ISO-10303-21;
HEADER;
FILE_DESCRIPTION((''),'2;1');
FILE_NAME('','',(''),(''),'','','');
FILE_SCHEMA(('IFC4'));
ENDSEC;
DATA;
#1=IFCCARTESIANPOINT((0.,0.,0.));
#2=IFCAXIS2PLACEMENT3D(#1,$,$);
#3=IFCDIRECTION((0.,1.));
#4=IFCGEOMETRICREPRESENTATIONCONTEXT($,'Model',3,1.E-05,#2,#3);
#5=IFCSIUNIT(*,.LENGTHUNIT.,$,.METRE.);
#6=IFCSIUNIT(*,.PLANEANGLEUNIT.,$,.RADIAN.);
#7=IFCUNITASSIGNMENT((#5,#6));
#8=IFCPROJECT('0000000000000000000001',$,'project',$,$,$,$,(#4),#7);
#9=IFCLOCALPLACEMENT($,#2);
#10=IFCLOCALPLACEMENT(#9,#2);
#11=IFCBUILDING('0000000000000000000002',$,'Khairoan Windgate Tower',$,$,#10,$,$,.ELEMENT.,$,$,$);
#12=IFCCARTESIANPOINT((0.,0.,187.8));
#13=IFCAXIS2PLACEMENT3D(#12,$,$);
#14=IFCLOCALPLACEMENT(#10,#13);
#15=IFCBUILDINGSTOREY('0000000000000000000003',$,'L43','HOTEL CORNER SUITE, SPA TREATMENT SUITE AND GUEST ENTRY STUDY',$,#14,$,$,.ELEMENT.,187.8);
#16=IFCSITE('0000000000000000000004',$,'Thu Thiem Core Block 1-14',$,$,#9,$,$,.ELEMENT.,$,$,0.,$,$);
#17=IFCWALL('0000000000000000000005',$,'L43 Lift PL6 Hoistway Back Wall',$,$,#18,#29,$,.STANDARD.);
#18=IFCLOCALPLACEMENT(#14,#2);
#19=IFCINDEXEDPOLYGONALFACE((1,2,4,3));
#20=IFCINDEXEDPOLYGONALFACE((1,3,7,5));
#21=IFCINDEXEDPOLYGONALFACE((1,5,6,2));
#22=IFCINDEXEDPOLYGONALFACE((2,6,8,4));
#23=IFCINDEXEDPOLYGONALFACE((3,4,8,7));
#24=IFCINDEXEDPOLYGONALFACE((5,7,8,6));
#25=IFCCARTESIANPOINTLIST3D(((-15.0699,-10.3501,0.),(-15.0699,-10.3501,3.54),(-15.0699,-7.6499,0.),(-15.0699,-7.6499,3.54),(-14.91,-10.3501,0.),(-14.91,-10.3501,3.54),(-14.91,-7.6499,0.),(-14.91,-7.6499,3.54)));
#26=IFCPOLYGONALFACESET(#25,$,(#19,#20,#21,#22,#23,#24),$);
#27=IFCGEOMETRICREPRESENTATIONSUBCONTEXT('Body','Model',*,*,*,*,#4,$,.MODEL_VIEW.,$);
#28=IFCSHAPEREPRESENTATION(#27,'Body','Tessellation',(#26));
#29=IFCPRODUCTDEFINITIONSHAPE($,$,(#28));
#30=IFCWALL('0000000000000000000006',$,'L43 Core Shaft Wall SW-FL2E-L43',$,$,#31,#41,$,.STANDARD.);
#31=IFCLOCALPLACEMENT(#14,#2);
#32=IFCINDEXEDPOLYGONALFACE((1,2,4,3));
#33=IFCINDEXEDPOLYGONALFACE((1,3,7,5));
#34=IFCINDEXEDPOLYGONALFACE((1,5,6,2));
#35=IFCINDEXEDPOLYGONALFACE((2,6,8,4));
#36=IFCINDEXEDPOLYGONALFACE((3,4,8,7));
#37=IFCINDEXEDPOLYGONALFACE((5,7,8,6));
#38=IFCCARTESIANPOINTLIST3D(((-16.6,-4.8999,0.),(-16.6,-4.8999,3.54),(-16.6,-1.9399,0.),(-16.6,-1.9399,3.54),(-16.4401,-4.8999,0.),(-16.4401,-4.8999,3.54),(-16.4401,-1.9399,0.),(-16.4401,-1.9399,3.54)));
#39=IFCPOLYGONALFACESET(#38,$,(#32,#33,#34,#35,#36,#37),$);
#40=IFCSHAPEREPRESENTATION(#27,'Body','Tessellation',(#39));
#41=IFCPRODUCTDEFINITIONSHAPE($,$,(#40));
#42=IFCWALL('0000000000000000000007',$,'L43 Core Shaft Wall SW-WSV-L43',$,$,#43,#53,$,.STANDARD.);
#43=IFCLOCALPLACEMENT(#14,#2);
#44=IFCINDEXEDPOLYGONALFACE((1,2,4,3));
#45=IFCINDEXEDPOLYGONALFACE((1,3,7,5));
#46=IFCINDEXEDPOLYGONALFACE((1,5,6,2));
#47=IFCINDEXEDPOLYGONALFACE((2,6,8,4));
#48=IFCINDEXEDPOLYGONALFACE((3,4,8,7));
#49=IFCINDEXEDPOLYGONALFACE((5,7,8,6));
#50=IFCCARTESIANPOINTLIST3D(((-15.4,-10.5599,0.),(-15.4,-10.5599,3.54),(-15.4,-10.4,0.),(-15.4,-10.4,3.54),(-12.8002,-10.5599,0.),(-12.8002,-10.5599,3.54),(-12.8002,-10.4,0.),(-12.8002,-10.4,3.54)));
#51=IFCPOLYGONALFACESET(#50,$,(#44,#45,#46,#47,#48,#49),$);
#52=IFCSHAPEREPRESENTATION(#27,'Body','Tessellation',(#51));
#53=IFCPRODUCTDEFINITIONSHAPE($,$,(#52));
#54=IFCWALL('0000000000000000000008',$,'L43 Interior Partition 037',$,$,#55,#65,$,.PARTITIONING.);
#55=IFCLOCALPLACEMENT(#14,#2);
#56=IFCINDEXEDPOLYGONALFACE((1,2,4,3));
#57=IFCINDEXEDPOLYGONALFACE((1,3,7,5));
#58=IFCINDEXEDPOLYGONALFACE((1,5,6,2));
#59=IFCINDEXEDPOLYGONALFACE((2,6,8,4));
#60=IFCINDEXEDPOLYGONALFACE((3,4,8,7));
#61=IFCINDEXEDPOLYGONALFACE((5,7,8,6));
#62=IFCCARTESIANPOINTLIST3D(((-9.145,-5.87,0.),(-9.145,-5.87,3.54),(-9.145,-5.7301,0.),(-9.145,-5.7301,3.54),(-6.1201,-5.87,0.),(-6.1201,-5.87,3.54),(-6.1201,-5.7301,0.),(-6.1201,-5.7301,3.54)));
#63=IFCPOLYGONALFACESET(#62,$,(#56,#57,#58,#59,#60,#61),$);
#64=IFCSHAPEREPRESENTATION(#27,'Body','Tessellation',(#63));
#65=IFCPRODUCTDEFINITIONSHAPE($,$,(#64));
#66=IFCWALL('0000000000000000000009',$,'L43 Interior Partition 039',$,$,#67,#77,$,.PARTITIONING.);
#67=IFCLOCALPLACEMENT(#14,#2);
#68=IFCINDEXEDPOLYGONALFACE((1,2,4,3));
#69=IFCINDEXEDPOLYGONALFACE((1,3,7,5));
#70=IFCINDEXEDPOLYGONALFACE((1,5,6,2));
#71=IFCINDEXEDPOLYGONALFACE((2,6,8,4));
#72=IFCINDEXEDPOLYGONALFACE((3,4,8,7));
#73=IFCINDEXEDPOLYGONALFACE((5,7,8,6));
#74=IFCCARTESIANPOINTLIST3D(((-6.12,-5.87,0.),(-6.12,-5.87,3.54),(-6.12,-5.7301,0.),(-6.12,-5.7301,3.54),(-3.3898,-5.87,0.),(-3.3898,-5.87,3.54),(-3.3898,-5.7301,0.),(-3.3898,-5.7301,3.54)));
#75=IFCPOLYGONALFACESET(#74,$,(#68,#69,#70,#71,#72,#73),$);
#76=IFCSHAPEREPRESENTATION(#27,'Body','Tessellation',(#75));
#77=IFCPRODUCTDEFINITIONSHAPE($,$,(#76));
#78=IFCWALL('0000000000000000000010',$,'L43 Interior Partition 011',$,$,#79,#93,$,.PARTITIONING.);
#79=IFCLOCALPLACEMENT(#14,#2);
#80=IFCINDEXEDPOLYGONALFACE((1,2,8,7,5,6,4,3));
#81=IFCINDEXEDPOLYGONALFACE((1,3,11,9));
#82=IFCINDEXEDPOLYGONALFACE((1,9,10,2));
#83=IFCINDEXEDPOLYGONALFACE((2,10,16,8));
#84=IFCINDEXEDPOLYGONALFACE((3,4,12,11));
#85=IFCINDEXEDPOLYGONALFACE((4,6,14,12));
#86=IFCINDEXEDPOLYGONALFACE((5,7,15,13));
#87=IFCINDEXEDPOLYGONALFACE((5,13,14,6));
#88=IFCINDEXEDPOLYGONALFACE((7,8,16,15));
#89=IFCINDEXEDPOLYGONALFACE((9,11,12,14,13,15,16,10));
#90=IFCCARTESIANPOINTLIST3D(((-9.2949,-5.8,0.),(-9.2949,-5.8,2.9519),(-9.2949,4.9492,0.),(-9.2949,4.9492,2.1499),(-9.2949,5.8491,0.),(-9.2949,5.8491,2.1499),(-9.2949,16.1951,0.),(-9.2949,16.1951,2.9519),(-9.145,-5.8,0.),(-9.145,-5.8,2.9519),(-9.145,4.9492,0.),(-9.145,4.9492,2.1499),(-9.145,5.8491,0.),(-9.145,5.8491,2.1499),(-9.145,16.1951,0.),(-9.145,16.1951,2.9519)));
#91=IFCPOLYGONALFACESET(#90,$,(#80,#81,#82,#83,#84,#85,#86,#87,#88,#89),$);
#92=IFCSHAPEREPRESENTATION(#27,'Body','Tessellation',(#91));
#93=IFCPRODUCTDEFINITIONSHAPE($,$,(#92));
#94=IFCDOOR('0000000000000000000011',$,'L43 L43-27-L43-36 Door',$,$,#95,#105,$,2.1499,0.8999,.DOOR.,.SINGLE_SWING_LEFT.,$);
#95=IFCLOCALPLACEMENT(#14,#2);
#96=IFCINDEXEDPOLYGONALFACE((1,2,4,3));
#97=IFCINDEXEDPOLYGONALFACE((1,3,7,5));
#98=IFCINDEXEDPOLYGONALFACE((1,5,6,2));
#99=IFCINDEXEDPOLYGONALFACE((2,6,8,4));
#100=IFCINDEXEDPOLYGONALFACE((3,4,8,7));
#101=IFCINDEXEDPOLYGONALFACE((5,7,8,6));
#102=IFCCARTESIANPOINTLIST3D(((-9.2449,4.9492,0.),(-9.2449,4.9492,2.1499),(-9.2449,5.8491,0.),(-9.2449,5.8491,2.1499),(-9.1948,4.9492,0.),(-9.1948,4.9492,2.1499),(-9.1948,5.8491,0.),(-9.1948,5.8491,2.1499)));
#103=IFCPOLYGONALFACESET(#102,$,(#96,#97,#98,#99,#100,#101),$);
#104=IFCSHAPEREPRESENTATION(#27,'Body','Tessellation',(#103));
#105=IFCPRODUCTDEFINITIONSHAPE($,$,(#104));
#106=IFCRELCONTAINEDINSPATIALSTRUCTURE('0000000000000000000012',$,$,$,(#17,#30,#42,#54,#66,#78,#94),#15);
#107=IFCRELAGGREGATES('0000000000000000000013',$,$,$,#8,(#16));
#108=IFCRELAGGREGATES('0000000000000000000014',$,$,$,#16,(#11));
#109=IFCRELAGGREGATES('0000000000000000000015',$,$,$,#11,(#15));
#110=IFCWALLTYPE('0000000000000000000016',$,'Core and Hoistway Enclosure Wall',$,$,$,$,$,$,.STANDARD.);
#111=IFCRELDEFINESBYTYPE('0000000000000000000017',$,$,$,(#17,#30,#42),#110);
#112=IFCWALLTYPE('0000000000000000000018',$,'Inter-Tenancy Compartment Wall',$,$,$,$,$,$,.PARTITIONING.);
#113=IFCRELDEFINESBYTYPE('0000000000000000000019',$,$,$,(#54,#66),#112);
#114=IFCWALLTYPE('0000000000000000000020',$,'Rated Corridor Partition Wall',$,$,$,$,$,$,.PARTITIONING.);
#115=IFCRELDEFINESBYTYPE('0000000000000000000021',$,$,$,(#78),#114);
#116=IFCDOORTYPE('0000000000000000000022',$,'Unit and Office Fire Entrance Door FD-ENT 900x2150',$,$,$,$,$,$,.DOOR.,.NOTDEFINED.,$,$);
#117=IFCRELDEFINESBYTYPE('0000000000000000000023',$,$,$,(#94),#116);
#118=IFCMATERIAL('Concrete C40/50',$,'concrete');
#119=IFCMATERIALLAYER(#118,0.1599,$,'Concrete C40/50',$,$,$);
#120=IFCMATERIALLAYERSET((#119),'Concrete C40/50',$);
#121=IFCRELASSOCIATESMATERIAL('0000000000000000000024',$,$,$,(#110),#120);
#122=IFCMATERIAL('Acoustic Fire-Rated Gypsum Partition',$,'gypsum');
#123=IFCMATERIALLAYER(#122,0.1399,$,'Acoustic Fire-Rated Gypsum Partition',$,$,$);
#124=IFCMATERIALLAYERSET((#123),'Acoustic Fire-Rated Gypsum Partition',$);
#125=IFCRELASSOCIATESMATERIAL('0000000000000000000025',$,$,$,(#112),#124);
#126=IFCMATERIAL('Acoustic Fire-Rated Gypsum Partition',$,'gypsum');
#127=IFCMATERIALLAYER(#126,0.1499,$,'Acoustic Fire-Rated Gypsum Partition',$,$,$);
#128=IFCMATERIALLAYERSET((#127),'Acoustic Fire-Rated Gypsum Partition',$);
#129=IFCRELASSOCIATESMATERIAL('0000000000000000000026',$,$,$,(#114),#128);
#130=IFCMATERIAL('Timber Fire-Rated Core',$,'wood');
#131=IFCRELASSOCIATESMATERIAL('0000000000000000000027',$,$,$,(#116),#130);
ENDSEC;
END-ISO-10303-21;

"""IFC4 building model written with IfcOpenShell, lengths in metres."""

from ifc_helpers import new_model, si_unit, direction, frame, frame_2d, origin, place, context, subcontext, project, spatial, rectangle, extrude, material, layer, layer_set, type_object, element, fill, save


model = new_model("IFC4")

# Units and contexts
model_context = context("Model", 3, precision=1e-05, world=origin(), true_north=direction((0.0, 1.0)))
body_context = subcontext(model_context, "Body", "Model", "MODEL_VIEW")
ifc_project = project(units=[si_unit("LENGTHUNIT", "METRE"), si_unit("PLANEANGLEUNIT", "RADIAN")], contexts=[model_context])

# Site, building, storey
site_placement = place(None, origin())
site = spatial("IfcSite", under=ifc_project, at=site_placement, Name="Thu Thiem Core Block 1-14", CompositionType="ELEMENT", RefElevation=0.0)
building_placement = place(site_placement, origin())
building = spatial("IfcBuilding", under=site, at=building_placement, Name="Khairoan Windgate Tower", CompositionType="ELEMENT")
storey_placement = place(building_placement, frame((0.0, 0.0, 187.8)))
storey = spatial("IfcBuildingStorey", under=building, at=storey_placement, Name="L43", Description="HOTEL CORNER SUITE, SPA TREATMENT SUITE AND GUEST ENTRY STUDY", CompositionType="ELEMENT", Elevation=187.8)

# Walls
ifc_material_1 = material(Name="Concrete C40/50", Category="concrete")
ifc_layer_1 = layer(ifc_material_1, 0.1599, Name="Concrete C40/50")
ifc_layer_set_1 = layer_set([ifc_layer_1], Name="Concrete C40/50")
wall_type_1 = type_object("IfcWallType", Name="Core and Hoistway Enclosure Wall", PredefinedType="STANDARD", material=ifc_layer_set_1)
wall_1_placement = place(storey_placement, frame((-14.99, -10.3501, 0.0), z_axis=(0.0, 0.0, 1.0), x_axis=(0.0, 1.0, 0.0)))
element("IfcWall", 1, at=wall_1_placement, inside=storey, type_object=wall_type_1, Name="L43 Lift PL6 Hoistway Back Wall", PredefinedType="STANDARD", context=body_context, shape_type="SweptSolid", body=[
    extrude(rectangle(XDim=2.7002, YDim=0.1599, at=frame_2d((1.3501, 0.0))), origin(), (0.0, 0.0, 1.0), 3.54),
])
wall_2_placement = place(storey_placement, frame((-16.52, -4.8999, 0.0), z_axis=(0.0, 0.0, 1.0), x_axis=(0.0, 1.0, 0.0)))
element("IfcWall", 2, at=wall_2_placement, inside=storey, type_object=wall_type_1, Name="L43 Core Shaft Wall SW-FL2E-L43", PredefinedType="STANDARD", context=body_context, shape_type="SweptSolid", body=[
    extrude(rectangle(XDim=2.96, YDim=0.1599, at=frame_2d((1.48, 0.0))), origin(), (0.0, 0.0, 1.0), 3.54),
])
wall_3_placement = place(storey_placement, frame((-15.3999, -10.48, 0.0), z_axis=(0.0, 0.0, 1.0), x_axis=(1.0, 0.0, 0.0)))
element("IfcWall", 3, at=wall_3_placement, inside=storey, type_object=wall_type_1, Name="L43 Core Shaft Wall SW-WSV-L43", PredefinedType="STANDARD", context=body_context, shape_type="SweptSolid", body=[
    extrude(rectangle(XDim=2.5999, YDim=0.1599, at=frame_2d((1.2998, 0.0))), origin(), (0.0, 0.0, 1.0), 3.54),
])
ifc_material_2 = material(Name="Acoustic Fire-Rated Gypsum Partition", Category="gypsum")
ifc_layer_2 = layer(ifc_material_2, 0.1399, Name="Acoustic Fire-Rated Gypsum Partition")
ifc_layer_set_2 = layer_set([ifc_layer_2], Name="Acoustic Fire-Rated Gypsum Partition")
wall_type_2 = type_object("IfcWallType", Name="Inter-Tenancy Compartment Wall", PredefinedType="PARTITIONING", material=ifc_layer_set_2)
wall_4_placement = place(storey_placement, frame((-9.145, -5.8, 0.0), z_axis=(0.0, 0.0, 1.0), x_axis=(1.0, 0.0, 0.0)))
element("IfcWall", 4, at=wall_4_placement, inside=storey, type_object=wall_type_2, Name="L43 Interior Partition 037", PredefinedType="PARTITIONING", context=body_context, shape_type="SweptSolid", body=[
    extrude(rectangle(XDim=3.0249, YDim=0.1399, at=frame_2d((1.5125, 0.0))), origin(), (0.0, 0.0, 1.0), 3.54),
])
wall_5_placement = place(storey_placement, frame((-6.1201, -5.8, 0.0), z_axis=(0.0, 0.0, 1.0), x_axis=(1.0, 0.0, 0.0)))
element("IfcWall", 5, at=wall_5_placement, inside=storey, type_object=wall_type_2, Name="L43 Interior Partition 039", PredefinedType="PARTITIONING", context=body_context, shape_type="SweptSolid", body=[
    extrude(rectangle(XDim=2.7302, YDim=0.1399, at=frame_2d((1.3652, 0.0))), origin(), (0.0, 0.0, 1.0), 3.54),
])

# Wall, opening, door
ifc_material_3 = material(Name="Acoustic Fire-Rated Gypsum Partition", Category="gypsum")
ifc_layer_3 = layer(ifc_material_3, 0.1499, Name="Acoustic Fire-Rated Gypsum Partition")
ifc_layer_set_3 = layer_set([ifc_layer_3], Name="Acoustic Fire-Rated Gypsum Partition")
wall_type_3 = type_object("IfcWallType", Name="Rated Corridor Partition Wall", PredefinedType="PARTITIONING", material=ifc_layer_set_3)
wall_6_placement = place(storey_placement, frame((-9.22, -5.8, 0.0), z_axis=(0.0, 0.0, 1.0), x_axis=(0.0, 1.0, 0.0)))
wall_6 = element("IfcWall", 6, at=wall_6_placement, inside=storey, type_object=wall_type_3, Name="L43 Interior Partition 011", PredefinedType="PARTITIONING", context=body_context, shape_type="SweptSolid", body=[
    extrude(rectangle(XDim=21.9951, YDim=0.1499, at=frame_2d((10.9976, 0.0))), origin(), (0.0, 0.0, 1.0), 2.9519),
])
opening_1_placement = place(wall_6_placement, frame((10.7493, 0.0, 0.0)))
opening_1 = element("IfcOpeningElement", 7, at=opening_1_placement, cuts=wall_6, PredefinedType="OPENING", context=body_context, shape_type="SweptSolid", body=[
    extrude(rectangle(XDim=0.8999, YDim=2.1499, at=frame_2d((0.45, 1.075))), frame((0.0, 0.085, 0.0), z_axis=(0.0, -1.0, 0.0), x_axis=(1.0, 0.0, 0.0)), (0.0, 0.0, 1.0), 0.1699),
])
ifc_material_4 = material(Name="Timber Fire-Rated Core", Category="wood")
door_type_1 = type_object("IfcDoorType", Name="Unit and Office Fire Entrance Door FD-ENT 900x2150", OperationType="NOTDEFINED", PredefinedType="DOOR", material=ifc_material_4)
door_1_placement = place(opening_1_placement, origin())
door_1 = element("IfcDoor", 8, at=door_1_placement, inside=storey, type_object=door_type_1, Name="L43 L43-27-L43-36 Door", OperationType="SINGLE_SWING_LEFT", OverallHeight=2.1499, OverallWidth=0.8999, PredefinedType="DOOR", context=body_context, shape_type="SweptSolid", body=[
    extrude(rectangle(XDim=0.8999, YDim=2.1499, at=frame_2d((0.45, 1.075))), frame((0.0, 0.0249, 0.0), z_axis=(0.0, -1.0, 0.0), x_axis=(1.0, 0.0, 0.0)), (0.0, 0.0, 1.0), 0.05),
])
fill(opening_1, door_1)

save(model, "model.ifc")
